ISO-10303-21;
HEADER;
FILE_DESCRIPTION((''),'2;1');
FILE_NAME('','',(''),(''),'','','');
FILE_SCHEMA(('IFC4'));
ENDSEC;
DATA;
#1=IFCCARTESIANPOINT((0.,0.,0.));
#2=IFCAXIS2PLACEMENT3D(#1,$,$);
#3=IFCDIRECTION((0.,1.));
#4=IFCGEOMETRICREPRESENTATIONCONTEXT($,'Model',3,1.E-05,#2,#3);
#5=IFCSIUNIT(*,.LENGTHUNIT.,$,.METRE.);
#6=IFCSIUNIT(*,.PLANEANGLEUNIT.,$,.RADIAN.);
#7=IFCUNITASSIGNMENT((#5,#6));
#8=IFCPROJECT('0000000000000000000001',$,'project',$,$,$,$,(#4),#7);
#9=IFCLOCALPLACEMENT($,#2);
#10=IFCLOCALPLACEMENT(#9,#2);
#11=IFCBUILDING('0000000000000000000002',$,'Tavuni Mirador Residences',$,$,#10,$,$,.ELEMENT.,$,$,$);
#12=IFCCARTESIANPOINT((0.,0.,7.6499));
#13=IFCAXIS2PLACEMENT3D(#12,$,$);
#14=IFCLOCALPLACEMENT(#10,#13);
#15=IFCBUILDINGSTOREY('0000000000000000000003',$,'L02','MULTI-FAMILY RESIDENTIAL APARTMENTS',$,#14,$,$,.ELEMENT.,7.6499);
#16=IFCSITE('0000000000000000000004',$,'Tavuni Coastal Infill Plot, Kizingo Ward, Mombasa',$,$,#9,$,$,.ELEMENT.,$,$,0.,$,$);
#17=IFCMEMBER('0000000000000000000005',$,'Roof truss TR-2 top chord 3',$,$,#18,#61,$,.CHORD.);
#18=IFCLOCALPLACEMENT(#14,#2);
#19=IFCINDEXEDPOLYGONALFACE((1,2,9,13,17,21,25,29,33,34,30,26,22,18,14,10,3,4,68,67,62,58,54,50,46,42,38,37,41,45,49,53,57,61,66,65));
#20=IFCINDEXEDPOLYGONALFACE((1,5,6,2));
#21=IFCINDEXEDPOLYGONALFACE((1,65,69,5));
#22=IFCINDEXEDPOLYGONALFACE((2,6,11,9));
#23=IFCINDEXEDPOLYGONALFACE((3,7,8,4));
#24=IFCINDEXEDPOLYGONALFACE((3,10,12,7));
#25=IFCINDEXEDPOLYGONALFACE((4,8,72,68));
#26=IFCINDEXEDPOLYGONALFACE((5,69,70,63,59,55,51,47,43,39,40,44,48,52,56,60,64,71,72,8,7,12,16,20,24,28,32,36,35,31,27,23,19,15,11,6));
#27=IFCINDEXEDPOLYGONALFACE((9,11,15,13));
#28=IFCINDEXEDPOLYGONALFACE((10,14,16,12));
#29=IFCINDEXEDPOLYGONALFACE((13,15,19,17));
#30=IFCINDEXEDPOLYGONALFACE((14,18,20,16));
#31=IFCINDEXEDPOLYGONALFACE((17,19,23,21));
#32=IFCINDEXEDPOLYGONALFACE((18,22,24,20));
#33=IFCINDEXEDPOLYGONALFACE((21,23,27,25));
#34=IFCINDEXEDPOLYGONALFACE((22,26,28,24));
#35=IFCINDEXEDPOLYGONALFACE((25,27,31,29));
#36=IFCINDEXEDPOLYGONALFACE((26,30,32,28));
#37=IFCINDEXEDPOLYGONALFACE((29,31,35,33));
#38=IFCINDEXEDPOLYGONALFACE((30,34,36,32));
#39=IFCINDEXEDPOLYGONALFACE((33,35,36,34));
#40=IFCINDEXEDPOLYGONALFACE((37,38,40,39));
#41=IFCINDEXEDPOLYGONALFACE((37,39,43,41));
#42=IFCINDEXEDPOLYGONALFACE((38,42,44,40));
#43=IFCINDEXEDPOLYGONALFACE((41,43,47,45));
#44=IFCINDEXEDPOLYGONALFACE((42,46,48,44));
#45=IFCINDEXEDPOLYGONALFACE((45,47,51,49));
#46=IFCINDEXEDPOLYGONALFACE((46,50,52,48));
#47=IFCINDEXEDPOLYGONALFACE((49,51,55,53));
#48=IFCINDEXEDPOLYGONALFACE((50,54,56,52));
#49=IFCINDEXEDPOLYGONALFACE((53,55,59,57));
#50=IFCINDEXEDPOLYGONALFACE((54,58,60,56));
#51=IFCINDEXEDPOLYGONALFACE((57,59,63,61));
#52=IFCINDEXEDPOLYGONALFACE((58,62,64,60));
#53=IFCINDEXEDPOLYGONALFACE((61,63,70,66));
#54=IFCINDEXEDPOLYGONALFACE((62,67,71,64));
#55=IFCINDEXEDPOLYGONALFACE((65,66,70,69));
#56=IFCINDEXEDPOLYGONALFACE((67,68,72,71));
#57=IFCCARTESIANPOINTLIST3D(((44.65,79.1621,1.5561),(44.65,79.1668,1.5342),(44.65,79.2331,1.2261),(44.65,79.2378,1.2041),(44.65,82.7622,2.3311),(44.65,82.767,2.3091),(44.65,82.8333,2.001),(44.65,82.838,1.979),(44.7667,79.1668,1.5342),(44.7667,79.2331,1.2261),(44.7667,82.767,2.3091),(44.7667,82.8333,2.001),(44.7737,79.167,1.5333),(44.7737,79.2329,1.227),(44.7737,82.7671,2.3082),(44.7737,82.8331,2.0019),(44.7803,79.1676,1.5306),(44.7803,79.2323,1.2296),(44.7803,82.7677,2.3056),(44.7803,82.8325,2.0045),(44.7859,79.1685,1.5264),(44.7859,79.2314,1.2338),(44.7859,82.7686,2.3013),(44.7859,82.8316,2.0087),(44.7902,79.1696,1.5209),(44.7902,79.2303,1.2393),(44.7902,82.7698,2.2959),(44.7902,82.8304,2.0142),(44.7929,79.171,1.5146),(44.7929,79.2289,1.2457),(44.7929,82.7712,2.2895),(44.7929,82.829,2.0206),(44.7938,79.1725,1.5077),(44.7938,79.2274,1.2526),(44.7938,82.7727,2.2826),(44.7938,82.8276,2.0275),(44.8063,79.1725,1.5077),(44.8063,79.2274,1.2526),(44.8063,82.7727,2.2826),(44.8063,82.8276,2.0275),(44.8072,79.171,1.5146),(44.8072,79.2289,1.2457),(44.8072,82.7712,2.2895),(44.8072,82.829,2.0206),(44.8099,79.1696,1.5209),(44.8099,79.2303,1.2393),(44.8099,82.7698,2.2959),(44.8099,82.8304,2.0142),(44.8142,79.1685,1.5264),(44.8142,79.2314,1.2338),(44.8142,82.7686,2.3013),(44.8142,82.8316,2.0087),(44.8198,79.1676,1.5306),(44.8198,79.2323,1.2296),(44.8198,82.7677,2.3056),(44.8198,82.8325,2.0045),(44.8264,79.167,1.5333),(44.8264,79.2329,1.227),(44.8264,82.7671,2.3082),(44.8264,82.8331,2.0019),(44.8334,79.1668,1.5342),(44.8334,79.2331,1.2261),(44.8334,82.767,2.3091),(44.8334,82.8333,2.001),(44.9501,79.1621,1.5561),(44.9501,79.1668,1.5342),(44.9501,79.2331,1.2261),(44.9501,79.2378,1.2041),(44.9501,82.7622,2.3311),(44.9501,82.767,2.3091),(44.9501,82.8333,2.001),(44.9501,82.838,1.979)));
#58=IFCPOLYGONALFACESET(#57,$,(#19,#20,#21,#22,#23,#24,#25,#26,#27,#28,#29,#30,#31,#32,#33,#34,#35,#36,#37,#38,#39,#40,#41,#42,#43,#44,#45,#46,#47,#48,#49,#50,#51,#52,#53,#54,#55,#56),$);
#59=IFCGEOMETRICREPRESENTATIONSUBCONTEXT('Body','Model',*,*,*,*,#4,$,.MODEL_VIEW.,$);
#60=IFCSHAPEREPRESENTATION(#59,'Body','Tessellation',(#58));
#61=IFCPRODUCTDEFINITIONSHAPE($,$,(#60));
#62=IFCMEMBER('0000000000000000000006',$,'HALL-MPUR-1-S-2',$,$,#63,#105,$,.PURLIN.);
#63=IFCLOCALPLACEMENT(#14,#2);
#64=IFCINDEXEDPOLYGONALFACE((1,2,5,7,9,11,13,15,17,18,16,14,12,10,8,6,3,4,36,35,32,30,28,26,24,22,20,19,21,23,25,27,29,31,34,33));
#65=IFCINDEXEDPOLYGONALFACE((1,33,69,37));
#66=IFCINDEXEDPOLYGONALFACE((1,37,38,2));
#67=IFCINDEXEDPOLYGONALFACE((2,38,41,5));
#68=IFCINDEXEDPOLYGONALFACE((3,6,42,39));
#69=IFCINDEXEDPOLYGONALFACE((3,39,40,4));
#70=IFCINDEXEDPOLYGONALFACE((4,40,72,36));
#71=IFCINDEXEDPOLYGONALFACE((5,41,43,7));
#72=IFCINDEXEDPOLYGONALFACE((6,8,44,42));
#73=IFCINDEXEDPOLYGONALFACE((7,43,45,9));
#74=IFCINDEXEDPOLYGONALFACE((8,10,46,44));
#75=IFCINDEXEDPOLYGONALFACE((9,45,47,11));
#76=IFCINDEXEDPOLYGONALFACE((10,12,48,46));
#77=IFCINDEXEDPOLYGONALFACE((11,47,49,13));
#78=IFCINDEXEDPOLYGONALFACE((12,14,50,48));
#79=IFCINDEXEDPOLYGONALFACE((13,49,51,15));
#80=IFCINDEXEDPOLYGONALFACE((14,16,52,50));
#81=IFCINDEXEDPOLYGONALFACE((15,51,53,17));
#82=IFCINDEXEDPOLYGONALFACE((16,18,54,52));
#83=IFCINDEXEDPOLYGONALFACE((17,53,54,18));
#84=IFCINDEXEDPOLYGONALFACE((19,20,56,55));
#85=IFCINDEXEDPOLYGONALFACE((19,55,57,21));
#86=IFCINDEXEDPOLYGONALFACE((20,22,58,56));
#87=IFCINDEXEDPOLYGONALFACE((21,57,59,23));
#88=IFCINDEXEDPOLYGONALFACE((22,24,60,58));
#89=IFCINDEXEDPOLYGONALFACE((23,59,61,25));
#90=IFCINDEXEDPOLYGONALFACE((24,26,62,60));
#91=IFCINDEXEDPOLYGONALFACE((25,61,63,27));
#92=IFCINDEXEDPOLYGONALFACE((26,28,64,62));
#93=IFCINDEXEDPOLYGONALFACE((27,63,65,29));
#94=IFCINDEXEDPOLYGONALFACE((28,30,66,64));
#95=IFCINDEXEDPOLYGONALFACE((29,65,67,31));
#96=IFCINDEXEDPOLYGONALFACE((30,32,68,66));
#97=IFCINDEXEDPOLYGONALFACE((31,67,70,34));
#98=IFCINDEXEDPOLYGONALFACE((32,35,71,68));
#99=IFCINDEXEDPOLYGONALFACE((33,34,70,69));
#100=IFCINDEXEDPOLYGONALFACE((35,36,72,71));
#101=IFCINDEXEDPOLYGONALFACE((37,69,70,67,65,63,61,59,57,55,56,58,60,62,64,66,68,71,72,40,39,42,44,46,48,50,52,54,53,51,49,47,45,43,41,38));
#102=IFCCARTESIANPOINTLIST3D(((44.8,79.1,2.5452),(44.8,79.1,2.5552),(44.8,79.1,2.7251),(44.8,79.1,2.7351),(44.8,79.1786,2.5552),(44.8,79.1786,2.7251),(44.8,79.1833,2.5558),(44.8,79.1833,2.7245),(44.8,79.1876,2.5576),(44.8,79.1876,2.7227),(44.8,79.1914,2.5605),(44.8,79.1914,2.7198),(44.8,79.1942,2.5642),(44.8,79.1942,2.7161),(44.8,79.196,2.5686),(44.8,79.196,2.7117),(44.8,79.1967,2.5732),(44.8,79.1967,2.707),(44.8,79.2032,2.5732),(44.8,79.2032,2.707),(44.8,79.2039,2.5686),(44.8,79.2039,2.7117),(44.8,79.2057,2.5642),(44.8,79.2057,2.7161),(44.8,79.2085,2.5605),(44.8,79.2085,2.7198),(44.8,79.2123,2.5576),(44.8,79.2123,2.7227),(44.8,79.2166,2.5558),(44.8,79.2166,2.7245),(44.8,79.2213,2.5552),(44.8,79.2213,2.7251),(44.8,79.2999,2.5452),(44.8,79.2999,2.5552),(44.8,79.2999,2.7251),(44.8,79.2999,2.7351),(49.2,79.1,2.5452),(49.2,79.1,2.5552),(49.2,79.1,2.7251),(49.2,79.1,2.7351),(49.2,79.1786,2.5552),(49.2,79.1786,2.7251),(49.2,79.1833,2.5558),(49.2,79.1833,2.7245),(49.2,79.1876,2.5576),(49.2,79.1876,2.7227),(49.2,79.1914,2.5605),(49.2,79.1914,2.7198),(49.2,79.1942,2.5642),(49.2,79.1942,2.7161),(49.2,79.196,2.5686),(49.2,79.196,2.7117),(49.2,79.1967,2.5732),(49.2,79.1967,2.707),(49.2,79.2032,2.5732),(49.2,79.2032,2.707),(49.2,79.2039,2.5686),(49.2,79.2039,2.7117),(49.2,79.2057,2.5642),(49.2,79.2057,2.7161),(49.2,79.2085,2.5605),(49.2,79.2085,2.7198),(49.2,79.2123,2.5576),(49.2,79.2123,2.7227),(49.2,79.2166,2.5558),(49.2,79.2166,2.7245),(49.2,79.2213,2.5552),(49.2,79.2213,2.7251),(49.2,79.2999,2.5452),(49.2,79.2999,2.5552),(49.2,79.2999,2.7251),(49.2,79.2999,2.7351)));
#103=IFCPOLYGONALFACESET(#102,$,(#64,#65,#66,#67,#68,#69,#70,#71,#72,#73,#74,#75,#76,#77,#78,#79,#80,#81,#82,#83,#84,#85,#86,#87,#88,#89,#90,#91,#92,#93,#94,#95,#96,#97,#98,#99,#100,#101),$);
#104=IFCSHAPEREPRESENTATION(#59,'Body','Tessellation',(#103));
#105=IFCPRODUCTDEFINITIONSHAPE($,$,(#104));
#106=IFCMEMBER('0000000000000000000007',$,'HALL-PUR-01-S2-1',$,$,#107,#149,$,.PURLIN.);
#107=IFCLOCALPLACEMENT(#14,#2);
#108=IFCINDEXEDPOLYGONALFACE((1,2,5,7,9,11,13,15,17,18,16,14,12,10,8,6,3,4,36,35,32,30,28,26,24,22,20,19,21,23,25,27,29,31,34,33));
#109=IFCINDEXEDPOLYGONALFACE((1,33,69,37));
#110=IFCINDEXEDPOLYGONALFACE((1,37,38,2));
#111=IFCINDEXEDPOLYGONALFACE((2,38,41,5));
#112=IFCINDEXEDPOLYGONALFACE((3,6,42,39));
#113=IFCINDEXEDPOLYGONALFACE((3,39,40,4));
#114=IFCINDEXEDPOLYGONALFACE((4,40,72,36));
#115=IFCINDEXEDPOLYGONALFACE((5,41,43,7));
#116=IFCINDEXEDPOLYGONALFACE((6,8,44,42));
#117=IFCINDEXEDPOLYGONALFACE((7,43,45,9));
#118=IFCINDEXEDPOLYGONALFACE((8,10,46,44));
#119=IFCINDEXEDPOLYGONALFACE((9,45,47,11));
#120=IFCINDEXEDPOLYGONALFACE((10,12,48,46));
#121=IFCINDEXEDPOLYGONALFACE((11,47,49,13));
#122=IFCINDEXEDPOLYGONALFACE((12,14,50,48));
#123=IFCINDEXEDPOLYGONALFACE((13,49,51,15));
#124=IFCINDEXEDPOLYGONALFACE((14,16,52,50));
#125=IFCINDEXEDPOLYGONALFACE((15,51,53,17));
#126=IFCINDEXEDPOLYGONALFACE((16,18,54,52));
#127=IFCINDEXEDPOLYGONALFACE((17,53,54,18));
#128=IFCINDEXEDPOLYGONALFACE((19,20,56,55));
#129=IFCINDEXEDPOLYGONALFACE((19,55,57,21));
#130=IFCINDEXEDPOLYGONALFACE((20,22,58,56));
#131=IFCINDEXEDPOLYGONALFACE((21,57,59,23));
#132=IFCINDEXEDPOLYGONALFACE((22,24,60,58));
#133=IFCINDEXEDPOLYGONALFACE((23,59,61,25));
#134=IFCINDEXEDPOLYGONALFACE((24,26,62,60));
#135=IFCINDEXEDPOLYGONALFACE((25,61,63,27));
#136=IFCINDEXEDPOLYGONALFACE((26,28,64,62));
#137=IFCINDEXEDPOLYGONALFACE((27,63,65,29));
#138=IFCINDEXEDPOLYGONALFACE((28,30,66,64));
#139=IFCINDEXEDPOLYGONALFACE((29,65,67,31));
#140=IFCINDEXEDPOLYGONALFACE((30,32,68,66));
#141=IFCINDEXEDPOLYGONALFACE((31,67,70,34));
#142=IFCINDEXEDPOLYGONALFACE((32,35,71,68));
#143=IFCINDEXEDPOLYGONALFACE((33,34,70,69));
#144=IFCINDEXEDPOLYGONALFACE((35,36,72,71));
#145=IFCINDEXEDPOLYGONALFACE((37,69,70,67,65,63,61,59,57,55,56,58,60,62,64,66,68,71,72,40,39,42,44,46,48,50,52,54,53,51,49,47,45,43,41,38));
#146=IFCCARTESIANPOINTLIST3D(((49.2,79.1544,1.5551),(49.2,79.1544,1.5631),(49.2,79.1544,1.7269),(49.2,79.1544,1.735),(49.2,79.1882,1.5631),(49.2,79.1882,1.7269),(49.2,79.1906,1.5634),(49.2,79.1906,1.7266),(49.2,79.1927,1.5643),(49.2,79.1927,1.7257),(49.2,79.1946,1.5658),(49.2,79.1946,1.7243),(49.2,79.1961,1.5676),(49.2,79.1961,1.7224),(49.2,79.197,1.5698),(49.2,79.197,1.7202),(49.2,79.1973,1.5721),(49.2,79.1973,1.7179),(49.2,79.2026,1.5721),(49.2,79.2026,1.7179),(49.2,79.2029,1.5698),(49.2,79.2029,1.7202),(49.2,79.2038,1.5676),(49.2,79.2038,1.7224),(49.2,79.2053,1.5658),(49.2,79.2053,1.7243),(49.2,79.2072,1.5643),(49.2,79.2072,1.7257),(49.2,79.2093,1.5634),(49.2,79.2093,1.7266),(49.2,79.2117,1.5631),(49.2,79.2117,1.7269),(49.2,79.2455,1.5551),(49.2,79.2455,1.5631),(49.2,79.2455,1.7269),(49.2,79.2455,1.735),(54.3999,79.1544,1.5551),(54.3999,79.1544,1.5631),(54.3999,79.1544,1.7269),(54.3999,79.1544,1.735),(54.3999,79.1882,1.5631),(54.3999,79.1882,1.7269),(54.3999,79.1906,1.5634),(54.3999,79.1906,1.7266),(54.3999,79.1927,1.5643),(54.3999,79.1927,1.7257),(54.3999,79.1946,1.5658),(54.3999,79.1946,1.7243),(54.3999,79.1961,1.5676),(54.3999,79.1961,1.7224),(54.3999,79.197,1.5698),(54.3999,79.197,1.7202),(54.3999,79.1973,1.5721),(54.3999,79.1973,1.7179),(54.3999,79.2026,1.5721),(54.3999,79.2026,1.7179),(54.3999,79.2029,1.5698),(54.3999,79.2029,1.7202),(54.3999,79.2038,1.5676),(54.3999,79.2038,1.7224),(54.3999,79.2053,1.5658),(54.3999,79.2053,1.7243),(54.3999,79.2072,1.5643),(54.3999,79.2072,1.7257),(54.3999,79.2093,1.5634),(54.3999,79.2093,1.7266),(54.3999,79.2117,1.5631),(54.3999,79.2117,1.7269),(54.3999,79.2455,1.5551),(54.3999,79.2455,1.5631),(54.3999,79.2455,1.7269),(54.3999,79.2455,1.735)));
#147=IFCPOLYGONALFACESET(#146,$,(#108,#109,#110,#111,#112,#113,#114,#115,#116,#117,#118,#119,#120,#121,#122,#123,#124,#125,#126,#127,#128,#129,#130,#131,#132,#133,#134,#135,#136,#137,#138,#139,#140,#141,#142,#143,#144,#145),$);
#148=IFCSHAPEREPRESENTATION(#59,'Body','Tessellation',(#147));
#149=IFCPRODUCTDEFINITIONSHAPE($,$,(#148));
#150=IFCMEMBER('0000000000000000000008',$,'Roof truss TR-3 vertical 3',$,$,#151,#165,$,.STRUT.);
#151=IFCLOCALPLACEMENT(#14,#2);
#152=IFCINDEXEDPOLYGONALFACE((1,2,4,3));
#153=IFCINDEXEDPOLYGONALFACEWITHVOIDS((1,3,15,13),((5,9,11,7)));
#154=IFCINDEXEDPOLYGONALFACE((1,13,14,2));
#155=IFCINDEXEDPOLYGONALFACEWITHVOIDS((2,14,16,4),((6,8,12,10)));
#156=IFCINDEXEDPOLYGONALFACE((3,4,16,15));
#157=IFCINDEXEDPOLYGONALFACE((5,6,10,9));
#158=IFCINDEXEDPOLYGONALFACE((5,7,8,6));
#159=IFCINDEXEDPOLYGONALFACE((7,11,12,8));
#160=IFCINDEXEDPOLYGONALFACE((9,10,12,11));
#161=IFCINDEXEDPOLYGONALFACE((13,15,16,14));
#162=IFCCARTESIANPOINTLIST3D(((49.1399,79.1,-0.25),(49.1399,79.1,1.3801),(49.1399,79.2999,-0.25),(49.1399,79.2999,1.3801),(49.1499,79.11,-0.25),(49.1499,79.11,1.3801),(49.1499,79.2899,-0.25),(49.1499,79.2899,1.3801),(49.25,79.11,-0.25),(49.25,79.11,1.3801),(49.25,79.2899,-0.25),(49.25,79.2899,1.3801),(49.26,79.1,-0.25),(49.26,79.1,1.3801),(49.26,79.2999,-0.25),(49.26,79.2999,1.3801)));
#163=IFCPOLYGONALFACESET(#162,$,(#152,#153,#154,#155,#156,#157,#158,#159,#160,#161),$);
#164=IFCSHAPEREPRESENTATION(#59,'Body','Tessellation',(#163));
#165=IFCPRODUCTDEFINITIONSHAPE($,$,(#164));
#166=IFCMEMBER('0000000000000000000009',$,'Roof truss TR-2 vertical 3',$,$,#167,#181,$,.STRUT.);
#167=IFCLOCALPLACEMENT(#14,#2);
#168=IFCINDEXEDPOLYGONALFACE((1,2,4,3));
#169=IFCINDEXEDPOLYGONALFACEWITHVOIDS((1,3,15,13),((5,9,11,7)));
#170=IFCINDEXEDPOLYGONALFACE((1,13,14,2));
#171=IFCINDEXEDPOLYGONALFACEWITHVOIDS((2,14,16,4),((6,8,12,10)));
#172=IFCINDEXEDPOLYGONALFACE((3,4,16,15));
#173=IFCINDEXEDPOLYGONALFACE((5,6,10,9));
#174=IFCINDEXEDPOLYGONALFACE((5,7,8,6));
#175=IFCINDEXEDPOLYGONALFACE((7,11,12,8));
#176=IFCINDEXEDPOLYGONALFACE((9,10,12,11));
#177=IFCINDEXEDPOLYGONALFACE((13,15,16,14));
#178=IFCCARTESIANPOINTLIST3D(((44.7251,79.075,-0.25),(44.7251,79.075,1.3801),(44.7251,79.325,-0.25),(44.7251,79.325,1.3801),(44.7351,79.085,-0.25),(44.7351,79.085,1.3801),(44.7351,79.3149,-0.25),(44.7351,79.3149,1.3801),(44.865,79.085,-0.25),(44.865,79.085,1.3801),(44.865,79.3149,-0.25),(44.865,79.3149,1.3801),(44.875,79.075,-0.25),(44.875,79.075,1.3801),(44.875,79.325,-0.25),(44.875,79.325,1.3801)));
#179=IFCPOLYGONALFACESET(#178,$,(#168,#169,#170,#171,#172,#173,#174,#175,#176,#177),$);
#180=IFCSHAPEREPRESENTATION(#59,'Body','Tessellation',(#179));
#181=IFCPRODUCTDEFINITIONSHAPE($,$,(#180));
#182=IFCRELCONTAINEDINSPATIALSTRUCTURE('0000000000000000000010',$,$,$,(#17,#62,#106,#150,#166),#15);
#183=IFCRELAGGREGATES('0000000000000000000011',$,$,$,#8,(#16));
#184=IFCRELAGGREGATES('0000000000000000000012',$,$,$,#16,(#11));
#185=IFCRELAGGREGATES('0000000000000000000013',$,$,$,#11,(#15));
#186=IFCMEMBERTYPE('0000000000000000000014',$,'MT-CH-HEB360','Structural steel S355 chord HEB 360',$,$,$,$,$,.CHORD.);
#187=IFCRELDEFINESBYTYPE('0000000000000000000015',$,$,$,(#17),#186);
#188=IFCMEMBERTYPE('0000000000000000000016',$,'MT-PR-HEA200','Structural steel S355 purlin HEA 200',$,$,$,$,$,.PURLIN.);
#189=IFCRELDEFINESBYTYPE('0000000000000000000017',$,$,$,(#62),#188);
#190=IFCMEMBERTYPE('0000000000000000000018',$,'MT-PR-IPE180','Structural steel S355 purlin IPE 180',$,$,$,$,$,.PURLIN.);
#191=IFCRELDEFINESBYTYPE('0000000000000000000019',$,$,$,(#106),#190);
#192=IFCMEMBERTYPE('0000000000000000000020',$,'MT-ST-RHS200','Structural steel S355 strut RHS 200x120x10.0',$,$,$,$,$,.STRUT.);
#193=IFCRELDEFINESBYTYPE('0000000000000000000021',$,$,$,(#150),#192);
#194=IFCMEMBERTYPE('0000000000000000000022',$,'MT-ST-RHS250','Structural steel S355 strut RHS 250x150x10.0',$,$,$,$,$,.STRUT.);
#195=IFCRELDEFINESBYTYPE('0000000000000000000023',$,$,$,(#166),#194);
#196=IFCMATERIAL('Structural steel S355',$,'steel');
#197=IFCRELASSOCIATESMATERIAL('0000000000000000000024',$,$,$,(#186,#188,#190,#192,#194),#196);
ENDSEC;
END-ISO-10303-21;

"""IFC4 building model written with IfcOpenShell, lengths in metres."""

from ifc_helpers import new_model, si_unit, direction, frame, origin, origin_2d, place, context, subcontext, project, spatial, hollow_rectangle, i_section, extrude, material, material_profile, profile_set, type_object, element, save


model = new_model("IFC4")

# Units and contexts
model_context = context("Model", 3, precision=1e-05, world=origin(), true_north=direction((0.0, 1.0)))
body_context = subcontext(model_context, "Body", "Model", "MODEL_VIEW")
ifc_project = project(units=[si_unit("LENGTHUNIT", "METRE"), si_unit("PLANEANGLEUNIT", "RADIAN")], contexts=[model_context])

# Site, building, storey
site_placement = place(None, origin())
site = spatial("IfcSite", under=ifc_project, at=site_placement, Name="Tavuni Coastal Infill Plot, Kizingo Ward, Mombasa", CompositionType="ELEMENT", RefElevation=0.0)
building_placement = place(site_placement, origin())
building = spatial("IfcBuilding", under=site, at=building_placement, Name="Tavuni Mirador Residences", CompositionType="ELEMENT")
storey_placement = place(building_placement, frame((0.0, 0.0, 7.6499)))
storey = spatial("IfcBuildingStorey", under=building, at=storey_placement, Name="L02", Description="MULTI-FAMILY RESIDENTIAL APARTMENTS", CompositionType="ELEMENT", Elevation=7.6499)

# Members
ifc_material_1 = material(Name="Structural steel S355", Category="steel")
ifc_material_profile_1 = material_profile(ifc_material_1, i_section(OverallWidth=0.3, OverallDepth=0.3601, WebThickness=0.0125, FlangeThickness=0.0225, FilletRadius=0.0271, at=origin_2d()), Name="HEB 360", Category="steel")
ifc_profile_set_1 = profile_set([ifc_material_profile_1], Name="Structural steel S355")
member_type_1 = type_object("IfcMemberType", Name="MT-CH-HEB360", Description="Structural steel S355 chord HEB 360", PredefinedType="CHORD", material=ifc_profile_set_1)
member_1_placement = place(storey_placement, frame((44.8, 79.2, 1.3801), z_axis=(0.0, 0.97761, 0.210425), x_axis=(-1.0, 0.0, 0.0)))
element("IfcMember", 1, at=member_1_placement, inside=storey, type_object=member_type_1, Name="Roof truss TR-2 top chord 3", PredefinedType="CHORD", context=body_context, shape_type="SweptSolid", body=[
    extrude(i_section(OverallWidth=0.3, OverallDepth=0.3601, WebThickness=0.0125, FlangeThickness=0.0225, FilletRadius=0.0271, at=origin_2d()), origin(), (0.0, 0.0, 1.0), 3.6826),
])
ifc_material_profile_2 = material_profile(ifc_material_1, i_section(OverallWidth=0.2, OverallDepth=0.1899, WebThickness=0.0066, FlangeThickness=0.01, FilletRadius=0.0181, at=origin_2d()), Name="HEA 200", Category="steel")
ifc_profile_set_2 = profile_set([ifc_material_profile_2], Name="Structural steel S355")
member_type_2 = type_object("IfcMemberType", Name="MT-PR-HEA200", Description="Structural steel S355 purlin HEA 200", PredefinedType="PURLIN", material=ifc_profile_set_2)
member_2_placement = place(storey_placement, frame((44.8, 79.2, 2.6401), z_axis=(1.0, 0.0, 0.0), x_axis=(0.0, 1.0, 0.0)))
element("IfcMember", 2, at=member_2_placement, inside=storey, type_object=member_type_2, Name="HALL-MPUR-1-S-2", PredefinedType="PURLIN", context=body_context, shape_type="SweptSolid", body=[
    extrude(i_section(OverallWidth=0.2, OverallDepth=0.1899, WebThickness=0.0066, FlangeThickness=0.01, FilletRadius=0.0181, at=origin_2d()), origin(), (0.0, 0.0, 1.0), 4.3999),
])
ifc_material_profile_3 = material_profile(ifc_material_1, i_section(OverallWidth=0.0911, OverallDepth=0.1799, WebThickness=0.0054, FlangeThickness=0.0081, FilletRadius=0.009, at=origin_2d()), Name="IPE 180", Category="steel")
ifc_profile_set_3 = profile_set([ifc_material_profile_3], Name="Structural steel S355")
member_type_3 = type_object("IfcMemberType", Name="MT-PR-IPE180", Description="Structural steel S355 purlin IPE 180", PredefinedType="PURLIN", material=ifc_profile_set_3)
member_3_placement = place(storey_placement, frame((49.2, 79.2, 1.645), z_axis=(1.0, 0.0, 0.0), x_axis=(0.0, 1.0, 0.0)))
element("IfcMember", 3, at=member_3_placement, inside=storey, type_object=member_type_3, Name="HALL-PUR-01-S2-1", PredefinedType="PURLIN", context=body_context, shape_type="SweptSolid", body=[
    extrude(i_section(OverallWidth=0.0911, OverallDepth=0.1799, WebThickness=0.0054, FlangeThickness=0.0081, FilletRadius=0.009, at=origin_2d()), origin(), (0.0, 0.0, 1.0), 5.2),
])
ifc_material_profile_4 = material_profile(ifc_material_1, hollow_rectangle(XDim=0.1201, YDim=0.2, WallThickness=0.01, at=origin_2d()), Name="RHS 200x120x10.0", Category="steel")
ifc_profile_set_4 = profile_set([ifc_material_profile_4], Name="Structural steel S355")
member_type_4 = type_object("IfcMemberType", Name="MT-ST-RHS200", Description="Structural steel S355 strut RHS 200x120x10.0", PredefinedType="STRUT", material=ifc_profile_set_4)
member_4_placement = place(storey_placement, frame((49.2, 79.2, -0.25), z_axis=(0.0, 0.0, 1.0), x_axis=(1.0, 0.0, 0.0)))
element("IfcMember", 4, at=member_4_placement, inside=storey, type_object=member_type_4, Name="Roof truss TR-3 vertical 3", PredefinedType="STRUT", context=body_context, shape_type="SweptSolid", body=[
    extrude(hollow_rectangle(XDim=0.1201, YDim=0.2, WallThickness=0.01, at=origin_2d()), origin(), (0.0, 0.0, 1.0), 1.6301),
])
ifc_material_profile_5 = material_profile(ifc_material_1, hollow_rectangle(XDim=0.1499, YDim=0.25, WallThickness=0.01, at=origin_2d()), Name="RHS 250x150x10.0", Category="steel")
ifc_profile_set_5 = profile_set([ifc_material_profile_5], Name="Structural steel S355")
member_type_5 = type_object("IfcMemberType", Name="MT-ST-RHS250", Description="Structural steel S355 strut RHS 250x150x10.0", PredefinedType="STRUT", material=ifc_profile_set_5)
member_5_placement = place(storey_placement, frame((44.8, 79.2, -0.25), z_axis=(0.0, 0.0, 1.0), x_axis=(1.0, 0.0, 0.0)))
element("IfcMember", 5, at=member_5_placement, inside=storey, type_object=member_type_5, Name="Roof truss TR-2 vertical 3", PredefinedType="STRUT", context=body_context, shape_type="SweptSolid", body=[
    extrude(hollow_rectangle(XDim=0.1499, YDim=0.25, WallThickness=0.01, at=origin_2d()), origin(), (0.0, 0.0, 1.0), 1.6301),
])

save(model, "model.ifc")
